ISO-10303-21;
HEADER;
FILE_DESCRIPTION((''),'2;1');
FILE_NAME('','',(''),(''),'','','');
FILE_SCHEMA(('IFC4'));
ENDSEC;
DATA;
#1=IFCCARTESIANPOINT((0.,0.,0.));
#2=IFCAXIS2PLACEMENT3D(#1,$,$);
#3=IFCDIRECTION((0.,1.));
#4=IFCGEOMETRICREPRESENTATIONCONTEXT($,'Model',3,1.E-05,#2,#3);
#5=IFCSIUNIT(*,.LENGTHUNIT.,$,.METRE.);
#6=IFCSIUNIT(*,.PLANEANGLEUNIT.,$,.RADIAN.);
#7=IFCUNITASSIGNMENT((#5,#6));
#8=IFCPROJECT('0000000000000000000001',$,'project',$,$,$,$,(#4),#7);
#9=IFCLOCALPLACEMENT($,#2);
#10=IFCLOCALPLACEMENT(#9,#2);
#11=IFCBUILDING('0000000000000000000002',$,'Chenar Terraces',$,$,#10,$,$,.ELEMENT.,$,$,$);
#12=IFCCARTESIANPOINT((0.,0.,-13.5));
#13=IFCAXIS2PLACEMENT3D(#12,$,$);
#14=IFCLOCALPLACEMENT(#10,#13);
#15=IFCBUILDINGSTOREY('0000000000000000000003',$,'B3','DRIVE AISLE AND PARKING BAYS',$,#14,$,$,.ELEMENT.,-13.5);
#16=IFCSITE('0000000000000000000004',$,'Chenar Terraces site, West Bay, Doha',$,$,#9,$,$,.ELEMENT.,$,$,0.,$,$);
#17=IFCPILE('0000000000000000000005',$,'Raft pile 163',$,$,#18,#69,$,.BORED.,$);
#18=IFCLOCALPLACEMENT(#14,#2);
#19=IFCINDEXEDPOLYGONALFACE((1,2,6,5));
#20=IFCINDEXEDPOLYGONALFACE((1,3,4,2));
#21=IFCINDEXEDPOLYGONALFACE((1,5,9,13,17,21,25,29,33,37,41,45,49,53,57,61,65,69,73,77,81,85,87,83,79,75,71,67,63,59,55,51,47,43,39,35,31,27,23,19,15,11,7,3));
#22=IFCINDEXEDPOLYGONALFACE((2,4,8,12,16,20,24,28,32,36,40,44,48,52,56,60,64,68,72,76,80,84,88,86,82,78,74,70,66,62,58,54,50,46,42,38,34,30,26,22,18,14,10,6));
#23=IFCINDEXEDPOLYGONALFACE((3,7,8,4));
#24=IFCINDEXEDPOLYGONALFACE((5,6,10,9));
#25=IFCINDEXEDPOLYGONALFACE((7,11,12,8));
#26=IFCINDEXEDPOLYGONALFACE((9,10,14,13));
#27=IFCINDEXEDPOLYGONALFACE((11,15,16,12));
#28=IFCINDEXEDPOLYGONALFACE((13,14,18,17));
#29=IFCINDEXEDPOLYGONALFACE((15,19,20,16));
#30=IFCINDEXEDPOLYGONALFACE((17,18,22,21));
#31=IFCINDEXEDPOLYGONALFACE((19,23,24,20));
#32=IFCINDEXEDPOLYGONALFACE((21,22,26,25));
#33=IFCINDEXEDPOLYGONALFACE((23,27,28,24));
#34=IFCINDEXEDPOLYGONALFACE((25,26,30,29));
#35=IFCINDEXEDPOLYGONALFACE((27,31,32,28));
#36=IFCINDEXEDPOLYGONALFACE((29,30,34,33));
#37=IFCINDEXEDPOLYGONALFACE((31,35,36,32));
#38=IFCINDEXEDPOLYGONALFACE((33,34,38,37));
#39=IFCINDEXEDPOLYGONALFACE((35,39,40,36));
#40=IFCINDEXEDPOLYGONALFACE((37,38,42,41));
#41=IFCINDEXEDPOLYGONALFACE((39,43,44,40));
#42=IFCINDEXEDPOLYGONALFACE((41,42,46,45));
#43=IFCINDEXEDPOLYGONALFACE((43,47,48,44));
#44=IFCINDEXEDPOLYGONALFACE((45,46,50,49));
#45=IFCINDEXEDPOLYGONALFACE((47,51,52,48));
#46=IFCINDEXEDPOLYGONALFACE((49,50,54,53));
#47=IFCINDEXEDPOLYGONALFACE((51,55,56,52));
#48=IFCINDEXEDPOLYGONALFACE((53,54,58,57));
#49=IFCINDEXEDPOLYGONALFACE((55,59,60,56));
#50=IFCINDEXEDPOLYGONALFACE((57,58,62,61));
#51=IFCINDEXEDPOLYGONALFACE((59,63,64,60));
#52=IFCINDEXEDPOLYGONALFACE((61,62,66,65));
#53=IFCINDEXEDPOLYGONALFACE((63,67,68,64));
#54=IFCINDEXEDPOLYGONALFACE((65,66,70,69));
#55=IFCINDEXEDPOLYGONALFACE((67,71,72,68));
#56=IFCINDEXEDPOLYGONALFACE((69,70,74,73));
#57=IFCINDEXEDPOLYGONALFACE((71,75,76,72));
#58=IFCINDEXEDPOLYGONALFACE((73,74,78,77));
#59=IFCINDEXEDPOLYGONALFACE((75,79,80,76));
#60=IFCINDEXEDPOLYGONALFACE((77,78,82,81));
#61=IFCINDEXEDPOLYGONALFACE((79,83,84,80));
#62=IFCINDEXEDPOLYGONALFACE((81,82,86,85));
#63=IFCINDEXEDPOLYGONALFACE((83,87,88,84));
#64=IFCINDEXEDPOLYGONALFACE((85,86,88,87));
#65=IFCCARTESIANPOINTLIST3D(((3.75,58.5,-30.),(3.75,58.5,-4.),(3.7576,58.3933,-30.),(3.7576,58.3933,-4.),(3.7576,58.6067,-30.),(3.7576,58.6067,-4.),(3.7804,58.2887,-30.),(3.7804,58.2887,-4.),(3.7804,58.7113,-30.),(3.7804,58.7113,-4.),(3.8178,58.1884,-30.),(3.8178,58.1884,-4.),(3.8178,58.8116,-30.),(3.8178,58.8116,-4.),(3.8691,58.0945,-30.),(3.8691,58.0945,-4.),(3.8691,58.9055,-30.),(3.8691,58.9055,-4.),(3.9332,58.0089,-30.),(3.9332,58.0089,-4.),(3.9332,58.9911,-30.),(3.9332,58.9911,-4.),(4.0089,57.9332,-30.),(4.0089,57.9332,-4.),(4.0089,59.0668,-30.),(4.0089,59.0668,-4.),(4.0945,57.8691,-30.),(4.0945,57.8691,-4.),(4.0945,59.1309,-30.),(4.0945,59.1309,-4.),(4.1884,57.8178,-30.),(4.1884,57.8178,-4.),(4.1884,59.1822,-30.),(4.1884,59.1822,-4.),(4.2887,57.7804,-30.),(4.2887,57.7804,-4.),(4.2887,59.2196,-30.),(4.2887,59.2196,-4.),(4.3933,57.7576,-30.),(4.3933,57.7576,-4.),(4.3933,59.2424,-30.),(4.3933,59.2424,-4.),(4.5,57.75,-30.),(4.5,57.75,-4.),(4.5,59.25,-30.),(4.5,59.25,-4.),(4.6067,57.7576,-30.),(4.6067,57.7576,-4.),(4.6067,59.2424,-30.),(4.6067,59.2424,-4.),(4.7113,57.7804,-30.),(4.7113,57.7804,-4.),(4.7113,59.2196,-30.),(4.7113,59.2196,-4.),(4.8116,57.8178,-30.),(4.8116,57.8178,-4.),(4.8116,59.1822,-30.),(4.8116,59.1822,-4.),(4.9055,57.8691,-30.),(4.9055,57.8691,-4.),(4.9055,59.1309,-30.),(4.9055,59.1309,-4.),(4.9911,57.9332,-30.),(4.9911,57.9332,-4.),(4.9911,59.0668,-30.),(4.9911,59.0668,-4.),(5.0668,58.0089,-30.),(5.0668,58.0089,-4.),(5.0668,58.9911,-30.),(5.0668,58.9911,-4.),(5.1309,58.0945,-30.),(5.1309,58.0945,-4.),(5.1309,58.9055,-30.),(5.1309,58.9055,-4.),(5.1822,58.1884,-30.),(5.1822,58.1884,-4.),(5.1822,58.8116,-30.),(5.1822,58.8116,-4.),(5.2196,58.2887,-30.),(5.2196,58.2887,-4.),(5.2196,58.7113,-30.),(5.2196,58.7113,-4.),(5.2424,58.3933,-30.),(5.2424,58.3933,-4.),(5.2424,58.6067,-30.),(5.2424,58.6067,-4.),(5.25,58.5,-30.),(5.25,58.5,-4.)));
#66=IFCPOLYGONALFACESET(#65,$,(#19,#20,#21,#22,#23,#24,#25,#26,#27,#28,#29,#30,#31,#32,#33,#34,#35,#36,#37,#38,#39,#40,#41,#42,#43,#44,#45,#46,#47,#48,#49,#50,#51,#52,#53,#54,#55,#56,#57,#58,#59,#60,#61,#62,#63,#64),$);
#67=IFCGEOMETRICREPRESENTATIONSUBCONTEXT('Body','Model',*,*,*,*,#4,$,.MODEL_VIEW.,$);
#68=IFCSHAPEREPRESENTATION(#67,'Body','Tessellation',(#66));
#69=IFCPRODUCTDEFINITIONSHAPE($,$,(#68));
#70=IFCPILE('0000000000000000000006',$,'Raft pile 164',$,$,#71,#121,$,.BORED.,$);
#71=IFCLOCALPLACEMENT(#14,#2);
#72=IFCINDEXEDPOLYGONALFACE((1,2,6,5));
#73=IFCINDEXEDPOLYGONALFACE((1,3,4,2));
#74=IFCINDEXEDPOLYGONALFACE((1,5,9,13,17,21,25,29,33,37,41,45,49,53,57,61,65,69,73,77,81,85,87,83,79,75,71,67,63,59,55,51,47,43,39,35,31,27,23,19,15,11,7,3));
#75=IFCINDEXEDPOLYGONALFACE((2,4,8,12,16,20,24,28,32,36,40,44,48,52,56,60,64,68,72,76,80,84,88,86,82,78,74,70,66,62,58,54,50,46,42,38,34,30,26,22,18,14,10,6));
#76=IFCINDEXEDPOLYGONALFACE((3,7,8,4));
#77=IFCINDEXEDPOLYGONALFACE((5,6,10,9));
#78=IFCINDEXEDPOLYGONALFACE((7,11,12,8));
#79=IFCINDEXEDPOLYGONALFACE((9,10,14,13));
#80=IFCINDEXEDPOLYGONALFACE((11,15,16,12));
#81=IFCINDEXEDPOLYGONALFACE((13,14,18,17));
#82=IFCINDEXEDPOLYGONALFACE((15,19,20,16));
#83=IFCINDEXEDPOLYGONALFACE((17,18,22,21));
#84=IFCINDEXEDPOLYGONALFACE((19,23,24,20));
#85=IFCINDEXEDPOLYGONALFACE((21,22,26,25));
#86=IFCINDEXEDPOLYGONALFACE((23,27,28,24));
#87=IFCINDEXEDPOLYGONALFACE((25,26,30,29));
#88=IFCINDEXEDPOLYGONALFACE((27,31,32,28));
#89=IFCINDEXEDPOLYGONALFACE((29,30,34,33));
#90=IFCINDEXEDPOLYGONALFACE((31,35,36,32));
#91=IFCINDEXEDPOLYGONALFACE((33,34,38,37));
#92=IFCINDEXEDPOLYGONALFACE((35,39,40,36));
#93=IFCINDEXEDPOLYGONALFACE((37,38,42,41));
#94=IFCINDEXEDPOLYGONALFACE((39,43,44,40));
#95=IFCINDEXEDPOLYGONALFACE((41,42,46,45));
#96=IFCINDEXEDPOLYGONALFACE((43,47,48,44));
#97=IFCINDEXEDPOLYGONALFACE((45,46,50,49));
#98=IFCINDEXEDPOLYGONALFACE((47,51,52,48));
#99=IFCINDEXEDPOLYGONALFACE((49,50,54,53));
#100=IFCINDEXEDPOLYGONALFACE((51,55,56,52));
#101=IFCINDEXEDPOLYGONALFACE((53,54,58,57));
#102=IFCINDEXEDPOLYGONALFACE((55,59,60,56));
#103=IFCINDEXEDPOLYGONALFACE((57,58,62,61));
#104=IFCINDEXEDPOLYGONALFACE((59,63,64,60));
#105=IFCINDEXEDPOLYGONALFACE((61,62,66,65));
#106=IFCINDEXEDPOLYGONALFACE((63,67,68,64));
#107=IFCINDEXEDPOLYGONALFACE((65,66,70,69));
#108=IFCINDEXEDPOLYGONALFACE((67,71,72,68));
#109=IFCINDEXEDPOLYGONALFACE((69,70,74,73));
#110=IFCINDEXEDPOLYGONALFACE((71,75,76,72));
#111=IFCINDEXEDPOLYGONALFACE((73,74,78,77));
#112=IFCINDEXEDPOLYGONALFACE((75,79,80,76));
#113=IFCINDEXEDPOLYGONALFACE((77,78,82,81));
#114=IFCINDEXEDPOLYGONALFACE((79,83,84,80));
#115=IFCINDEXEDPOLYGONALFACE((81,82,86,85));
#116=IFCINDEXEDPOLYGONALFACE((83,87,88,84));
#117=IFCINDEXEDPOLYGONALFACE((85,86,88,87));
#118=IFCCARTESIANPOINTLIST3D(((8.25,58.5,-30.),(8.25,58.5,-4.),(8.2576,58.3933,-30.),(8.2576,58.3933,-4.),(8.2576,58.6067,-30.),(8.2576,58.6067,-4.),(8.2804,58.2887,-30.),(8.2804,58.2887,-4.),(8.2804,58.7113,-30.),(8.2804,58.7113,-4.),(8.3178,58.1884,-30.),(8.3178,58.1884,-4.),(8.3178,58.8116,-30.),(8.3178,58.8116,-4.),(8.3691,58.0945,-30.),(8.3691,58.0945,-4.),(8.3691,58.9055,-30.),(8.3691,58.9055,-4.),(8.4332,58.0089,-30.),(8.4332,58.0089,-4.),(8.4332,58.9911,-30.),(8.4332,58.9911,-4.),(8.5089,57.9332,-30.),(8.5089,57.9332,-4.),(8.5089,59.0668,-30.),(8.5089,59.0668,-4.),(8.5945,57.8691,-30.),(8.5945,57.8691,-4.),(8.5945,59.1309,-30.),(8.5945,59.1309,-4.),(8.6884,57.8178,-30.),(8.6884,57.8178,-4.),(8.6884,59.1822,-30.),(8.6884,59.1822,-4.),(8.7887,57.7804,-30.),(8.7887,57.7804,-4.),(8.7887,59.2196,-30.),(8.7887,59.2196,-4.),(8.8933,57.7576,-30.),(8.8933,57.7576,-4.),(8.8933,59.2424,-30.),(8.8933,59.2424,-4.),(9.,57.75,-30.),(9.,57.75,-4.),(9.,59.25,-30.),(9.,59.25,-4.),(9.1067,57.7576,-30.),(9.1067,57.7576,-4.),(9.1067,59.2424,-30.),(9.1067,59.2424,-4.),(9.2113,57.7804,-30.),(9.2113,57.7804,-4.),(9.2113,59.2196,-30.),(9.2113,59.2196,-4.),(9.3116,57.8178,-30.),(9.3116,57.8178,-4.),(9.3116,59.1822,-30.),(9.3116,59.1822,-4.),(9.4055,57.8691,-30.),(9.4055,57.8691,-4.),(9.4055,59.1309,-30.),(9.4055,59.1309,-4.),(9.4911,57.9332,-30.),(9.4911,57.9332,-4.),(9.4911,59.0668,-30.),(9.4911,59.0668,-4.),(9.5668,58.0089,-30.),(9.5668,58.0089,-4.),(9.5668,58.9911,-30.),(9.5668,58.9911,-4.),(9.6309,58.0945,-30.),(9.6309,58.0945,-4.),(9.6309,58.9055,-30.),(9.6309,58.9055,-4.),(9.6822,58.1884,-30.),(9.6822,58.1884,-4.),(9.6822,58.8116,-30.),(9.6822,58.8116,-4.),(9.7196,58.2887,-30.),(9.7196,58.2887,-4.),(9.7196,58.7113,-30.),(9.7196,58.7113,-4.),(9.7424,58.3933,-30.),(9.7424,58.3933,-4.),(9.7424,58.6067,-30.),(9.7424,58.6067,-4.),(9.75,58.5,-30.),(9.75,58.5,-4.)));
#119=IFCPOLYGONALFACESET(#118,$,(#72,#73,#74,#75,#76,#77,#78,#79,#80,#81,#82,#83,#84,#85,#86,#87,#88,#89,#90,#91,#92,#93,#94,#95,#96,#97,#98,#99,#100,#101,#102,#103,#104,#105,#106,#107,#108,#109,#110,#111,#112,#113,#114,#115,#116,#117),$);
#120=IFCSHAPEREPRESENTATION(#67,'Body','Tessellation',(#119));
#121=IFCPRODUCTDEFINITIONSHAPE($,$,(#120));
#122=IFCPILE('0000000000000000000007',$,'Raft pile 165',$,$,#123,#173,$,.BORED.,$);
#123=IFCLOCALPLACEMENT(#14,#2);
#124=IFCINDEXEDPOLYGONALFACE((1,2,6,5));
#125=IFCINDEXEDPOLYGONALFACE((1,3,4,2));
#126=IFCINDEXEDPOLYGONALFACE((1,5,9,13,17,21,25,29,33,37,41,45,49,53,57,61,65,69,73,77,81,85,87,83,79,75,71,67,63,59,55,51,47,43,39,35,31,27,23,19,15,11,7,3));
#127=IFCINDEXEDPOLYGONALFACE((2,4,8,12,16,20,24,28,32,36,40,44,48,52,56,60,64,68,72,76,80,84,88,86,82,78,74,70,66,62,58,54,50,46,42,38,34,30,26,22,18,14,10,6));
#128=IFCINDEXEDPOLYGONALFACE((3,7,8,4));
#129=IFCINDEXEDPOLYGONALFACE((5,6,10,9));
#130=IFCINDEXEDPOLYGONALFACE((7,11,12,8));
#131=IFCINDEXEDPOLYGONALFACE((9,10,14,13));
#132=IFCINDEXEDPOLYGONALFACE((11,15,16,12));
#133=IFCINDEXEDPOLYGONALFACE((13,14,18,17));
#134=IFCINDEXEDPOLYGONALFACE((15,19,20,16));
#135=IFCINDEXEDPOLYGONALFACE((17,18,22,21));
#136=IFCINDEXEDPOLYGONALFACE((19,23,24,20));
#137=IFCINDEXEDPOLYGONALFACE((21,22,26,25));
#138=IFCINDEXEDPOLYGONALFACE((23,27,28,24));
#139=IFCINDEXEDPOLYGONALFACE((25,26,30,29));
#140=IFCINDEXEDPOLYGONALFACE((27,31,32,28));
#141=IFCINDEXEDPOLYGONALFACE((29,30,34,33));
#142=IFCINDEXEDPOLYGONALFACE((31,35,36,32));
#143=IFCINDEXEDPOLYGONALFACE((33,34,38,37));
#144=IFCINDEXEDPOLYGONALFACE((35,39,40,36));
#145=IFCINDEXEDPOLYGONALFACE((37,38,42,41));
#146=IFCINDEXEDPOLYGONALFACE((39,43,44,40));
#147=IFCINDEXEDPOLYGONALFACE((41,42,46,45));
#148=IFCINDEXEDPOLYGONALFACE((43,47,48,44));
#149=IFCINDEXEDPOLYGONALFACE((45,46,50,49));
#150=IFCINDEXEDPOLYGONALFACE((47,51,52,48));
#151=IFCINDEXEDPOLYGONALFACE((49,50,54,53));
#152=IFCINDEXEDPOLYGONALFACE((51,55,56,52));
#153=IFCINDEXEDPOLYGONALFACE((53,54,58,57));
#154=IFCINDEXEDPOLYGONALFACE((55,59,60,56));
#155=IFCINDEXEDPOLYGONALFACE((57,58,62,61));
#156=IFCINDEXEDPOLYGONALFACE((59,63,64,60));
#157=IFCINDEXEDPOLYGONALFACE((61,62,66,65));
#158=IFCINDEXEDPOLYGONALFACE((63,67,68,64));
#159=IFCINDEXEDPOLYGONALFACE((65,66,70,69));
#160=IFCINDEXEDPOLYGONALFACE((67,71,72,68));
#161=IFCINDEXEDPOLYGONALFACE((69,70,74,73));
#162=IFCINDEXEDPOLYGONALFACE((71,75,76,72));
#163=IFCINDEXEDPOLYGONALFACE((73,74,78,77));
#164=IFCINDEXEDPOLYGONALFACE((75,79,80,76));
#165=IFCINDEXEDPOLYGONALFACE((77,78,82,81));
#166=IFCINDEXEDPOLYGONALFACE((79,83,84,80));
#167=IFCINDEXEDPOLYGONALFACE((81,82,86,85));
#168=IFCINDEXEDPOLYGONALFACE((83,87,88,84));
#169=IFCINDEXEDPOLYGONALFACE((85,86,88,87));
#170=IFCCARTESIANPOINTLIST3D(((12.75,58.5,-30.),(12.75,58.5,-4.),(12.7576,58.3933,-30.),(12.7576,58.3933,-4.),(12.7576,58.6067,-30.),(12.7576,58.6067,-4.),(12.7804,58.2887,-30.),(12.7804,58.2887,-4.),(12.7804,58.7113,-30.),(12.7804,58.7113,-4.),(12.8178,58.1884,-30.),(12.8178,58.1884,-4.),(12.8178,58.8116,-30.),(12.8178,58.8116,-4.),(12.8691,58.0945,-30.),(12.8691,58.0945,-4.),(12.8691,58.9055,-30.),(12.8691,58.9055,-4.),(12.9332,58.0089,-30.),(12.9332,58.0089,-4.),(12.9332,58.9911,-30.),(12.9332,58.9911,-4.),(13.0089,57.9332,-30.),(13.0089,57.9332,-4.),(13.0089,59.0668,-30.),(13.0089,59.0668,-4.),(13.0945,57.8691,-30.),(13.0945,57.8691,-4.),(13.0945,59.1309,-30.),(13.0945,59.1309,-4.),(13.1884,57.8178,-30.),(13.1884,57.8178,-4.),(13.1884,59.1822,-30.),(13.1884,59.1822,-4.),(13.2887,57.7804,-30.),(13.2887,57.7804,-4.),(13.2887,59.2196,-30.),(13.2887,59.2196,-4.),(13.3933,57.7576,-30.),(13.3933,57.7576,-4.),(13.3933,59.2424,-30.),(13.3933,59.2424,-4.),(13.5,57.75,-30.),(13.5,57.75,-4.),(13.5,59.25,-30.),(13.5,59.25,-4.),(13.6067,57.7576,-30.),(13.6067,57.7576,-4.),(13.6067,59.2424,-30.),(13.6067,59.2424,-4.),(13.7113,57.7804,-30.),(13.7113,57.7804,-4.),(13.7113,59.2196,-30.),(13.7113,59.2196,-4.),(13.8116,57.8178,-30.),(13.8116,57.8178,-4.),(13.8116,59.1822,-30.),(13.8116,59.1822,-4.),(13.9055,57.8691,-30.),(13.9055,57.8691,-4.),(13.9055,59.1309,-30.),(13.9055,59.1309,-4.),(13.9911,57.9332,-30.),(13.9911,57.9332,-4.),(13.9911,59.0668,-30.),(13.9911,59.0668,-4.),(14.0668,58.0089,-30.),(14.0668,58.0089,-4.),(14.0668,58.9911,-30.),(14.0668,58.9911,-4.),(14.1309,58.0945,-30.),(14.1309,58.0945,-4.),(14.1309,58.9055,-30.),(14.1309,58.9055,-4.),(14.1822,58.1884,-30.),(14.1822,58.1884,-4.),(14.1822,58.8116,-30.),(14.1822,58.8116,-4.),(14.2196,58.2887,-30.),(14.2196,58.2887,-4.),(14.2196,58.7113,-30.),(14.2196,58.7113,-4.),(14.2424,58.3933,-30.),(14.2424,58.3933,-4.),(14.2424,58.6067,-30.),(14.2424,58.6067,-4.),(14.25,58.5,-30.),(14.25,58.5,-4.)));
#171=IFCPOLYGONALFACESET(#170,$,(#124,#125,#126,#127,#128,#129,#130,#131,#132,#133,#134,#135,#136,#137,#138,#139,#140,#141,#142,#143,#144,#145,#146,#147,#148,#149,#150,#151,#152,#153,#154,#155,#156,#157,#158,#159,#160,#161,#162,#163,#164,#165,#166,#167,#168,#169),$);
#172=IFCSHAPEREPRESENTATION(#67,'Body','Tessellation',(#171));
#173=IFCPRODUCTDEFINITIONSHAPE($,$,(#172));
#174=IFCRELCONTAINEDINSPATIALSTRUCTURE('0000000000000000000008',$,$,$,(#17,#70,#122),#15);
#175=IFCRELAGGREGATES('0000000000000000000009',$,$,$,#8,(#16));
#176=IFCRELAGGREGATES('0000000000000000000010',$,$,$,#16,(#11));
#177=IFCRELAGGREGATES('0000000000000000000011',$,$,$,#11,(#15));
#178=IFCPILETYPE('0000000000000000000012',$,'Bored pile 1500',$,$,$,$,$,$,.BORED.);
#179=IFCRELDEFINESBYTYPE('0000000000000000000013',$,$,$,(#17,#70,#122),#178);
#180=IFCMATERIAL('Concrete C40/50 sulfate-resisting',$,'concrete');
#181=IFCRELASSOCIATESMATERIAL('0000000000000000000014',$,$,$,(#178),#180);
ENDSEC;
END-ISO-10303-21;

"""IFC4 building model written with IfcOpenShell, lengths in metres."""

from ifc_helpers import new_model, si_unit, direction, frame, origin, origin_2d, place, context, subcontext, project, spatial, circle, extrude, material, material_profile, profile_set, type_object, element, save


model = new_model("IFC4")

# Units and contexts
model_context = context("Model", 3, precision=1e-05, world=origin(), true_north=direction((0.0, 1.0)))
body_context = subcontext(model_context, "Body", "Model", "MODEL_VIEW")
ifc_project = project(units=[si_unit("LENGTHUNIT", "METRE"), si_unit("PLANEANGLEUNIT", "RADIAN")], contexts=[model_context])

# Site, building, storey
site_placement = place(None, origin())
site = spatial("IfcSite", under=ifc_project, at=site_placement, Name="Chenar Terraces site, West Bay, Doha", CompositionType="ELEMENT", RefElevation=0.0)
building_placement = place(site_placement, origin())
building = spatial("IfcBuilding", under=site, at=building_placement, Name="Chenar Terraces", CompositionType="ELEMENT")
storey_placement = place(building_placement, frame((0.0, 0.0, -13.5)))
storey = spatial("IfcBuildingStorey", under=building, at=storey_placement, Name="B3", Description="DRIVE AISLE AND PARKING BAYS", CompositionType="ELEMENT", Elevation=-13.5)

# Piles
ifc_material_1 = material(Name="Concrete C40/50 sulfate-resisting", Category="concrete")
ifc_material_profile_1 = material_profile(ifc_material_1, circle(Radius=0.75, at=origin_2d()), Name="BP 1500")
ifc_profile_set_1 = profile_set([ifc_material_profile_1], Name="Concrete C40/50 sulfate-resisting")
pile_type_1 = type_object("IfcPileType", Name="Bored pile 1500", PredefinedType="BORED", material=ifc_profile_set_1)
for number, where, z_axis, x_axis, name in (
    (1, (4.5, 58.5, -4.0), (0.0, 0.0, -1.0), (1.0, 0.0, 0.0), "Raft pile 163"),
    (2, (9.0, 58.5, -4.0), (0.0, 0.0, -1.0), (1.0, 0.0, 0.0), "Raft pile 164"),
    (3, (13.5, 58.5, -4.0), (0.0, 0.0, -1.0), (1.0, 0.0, 0.0), "Raft pile 165"),
):
    element("IfcPile", number, at=place(storey_placement, frame(where, z_axis=z_axis, x_axis=x_axis)), inside=storey, type_object=pile_type_1, Name=name, PredefinedType="BORED", context=body_context, shape_type="SweptSolid", body=[
        extrude(circle(Radius=0.75, at=origin_2d()), origin(), (0.0, 0.0, 1.0), 26.0),
    ])

save(model, "model.ifc")
